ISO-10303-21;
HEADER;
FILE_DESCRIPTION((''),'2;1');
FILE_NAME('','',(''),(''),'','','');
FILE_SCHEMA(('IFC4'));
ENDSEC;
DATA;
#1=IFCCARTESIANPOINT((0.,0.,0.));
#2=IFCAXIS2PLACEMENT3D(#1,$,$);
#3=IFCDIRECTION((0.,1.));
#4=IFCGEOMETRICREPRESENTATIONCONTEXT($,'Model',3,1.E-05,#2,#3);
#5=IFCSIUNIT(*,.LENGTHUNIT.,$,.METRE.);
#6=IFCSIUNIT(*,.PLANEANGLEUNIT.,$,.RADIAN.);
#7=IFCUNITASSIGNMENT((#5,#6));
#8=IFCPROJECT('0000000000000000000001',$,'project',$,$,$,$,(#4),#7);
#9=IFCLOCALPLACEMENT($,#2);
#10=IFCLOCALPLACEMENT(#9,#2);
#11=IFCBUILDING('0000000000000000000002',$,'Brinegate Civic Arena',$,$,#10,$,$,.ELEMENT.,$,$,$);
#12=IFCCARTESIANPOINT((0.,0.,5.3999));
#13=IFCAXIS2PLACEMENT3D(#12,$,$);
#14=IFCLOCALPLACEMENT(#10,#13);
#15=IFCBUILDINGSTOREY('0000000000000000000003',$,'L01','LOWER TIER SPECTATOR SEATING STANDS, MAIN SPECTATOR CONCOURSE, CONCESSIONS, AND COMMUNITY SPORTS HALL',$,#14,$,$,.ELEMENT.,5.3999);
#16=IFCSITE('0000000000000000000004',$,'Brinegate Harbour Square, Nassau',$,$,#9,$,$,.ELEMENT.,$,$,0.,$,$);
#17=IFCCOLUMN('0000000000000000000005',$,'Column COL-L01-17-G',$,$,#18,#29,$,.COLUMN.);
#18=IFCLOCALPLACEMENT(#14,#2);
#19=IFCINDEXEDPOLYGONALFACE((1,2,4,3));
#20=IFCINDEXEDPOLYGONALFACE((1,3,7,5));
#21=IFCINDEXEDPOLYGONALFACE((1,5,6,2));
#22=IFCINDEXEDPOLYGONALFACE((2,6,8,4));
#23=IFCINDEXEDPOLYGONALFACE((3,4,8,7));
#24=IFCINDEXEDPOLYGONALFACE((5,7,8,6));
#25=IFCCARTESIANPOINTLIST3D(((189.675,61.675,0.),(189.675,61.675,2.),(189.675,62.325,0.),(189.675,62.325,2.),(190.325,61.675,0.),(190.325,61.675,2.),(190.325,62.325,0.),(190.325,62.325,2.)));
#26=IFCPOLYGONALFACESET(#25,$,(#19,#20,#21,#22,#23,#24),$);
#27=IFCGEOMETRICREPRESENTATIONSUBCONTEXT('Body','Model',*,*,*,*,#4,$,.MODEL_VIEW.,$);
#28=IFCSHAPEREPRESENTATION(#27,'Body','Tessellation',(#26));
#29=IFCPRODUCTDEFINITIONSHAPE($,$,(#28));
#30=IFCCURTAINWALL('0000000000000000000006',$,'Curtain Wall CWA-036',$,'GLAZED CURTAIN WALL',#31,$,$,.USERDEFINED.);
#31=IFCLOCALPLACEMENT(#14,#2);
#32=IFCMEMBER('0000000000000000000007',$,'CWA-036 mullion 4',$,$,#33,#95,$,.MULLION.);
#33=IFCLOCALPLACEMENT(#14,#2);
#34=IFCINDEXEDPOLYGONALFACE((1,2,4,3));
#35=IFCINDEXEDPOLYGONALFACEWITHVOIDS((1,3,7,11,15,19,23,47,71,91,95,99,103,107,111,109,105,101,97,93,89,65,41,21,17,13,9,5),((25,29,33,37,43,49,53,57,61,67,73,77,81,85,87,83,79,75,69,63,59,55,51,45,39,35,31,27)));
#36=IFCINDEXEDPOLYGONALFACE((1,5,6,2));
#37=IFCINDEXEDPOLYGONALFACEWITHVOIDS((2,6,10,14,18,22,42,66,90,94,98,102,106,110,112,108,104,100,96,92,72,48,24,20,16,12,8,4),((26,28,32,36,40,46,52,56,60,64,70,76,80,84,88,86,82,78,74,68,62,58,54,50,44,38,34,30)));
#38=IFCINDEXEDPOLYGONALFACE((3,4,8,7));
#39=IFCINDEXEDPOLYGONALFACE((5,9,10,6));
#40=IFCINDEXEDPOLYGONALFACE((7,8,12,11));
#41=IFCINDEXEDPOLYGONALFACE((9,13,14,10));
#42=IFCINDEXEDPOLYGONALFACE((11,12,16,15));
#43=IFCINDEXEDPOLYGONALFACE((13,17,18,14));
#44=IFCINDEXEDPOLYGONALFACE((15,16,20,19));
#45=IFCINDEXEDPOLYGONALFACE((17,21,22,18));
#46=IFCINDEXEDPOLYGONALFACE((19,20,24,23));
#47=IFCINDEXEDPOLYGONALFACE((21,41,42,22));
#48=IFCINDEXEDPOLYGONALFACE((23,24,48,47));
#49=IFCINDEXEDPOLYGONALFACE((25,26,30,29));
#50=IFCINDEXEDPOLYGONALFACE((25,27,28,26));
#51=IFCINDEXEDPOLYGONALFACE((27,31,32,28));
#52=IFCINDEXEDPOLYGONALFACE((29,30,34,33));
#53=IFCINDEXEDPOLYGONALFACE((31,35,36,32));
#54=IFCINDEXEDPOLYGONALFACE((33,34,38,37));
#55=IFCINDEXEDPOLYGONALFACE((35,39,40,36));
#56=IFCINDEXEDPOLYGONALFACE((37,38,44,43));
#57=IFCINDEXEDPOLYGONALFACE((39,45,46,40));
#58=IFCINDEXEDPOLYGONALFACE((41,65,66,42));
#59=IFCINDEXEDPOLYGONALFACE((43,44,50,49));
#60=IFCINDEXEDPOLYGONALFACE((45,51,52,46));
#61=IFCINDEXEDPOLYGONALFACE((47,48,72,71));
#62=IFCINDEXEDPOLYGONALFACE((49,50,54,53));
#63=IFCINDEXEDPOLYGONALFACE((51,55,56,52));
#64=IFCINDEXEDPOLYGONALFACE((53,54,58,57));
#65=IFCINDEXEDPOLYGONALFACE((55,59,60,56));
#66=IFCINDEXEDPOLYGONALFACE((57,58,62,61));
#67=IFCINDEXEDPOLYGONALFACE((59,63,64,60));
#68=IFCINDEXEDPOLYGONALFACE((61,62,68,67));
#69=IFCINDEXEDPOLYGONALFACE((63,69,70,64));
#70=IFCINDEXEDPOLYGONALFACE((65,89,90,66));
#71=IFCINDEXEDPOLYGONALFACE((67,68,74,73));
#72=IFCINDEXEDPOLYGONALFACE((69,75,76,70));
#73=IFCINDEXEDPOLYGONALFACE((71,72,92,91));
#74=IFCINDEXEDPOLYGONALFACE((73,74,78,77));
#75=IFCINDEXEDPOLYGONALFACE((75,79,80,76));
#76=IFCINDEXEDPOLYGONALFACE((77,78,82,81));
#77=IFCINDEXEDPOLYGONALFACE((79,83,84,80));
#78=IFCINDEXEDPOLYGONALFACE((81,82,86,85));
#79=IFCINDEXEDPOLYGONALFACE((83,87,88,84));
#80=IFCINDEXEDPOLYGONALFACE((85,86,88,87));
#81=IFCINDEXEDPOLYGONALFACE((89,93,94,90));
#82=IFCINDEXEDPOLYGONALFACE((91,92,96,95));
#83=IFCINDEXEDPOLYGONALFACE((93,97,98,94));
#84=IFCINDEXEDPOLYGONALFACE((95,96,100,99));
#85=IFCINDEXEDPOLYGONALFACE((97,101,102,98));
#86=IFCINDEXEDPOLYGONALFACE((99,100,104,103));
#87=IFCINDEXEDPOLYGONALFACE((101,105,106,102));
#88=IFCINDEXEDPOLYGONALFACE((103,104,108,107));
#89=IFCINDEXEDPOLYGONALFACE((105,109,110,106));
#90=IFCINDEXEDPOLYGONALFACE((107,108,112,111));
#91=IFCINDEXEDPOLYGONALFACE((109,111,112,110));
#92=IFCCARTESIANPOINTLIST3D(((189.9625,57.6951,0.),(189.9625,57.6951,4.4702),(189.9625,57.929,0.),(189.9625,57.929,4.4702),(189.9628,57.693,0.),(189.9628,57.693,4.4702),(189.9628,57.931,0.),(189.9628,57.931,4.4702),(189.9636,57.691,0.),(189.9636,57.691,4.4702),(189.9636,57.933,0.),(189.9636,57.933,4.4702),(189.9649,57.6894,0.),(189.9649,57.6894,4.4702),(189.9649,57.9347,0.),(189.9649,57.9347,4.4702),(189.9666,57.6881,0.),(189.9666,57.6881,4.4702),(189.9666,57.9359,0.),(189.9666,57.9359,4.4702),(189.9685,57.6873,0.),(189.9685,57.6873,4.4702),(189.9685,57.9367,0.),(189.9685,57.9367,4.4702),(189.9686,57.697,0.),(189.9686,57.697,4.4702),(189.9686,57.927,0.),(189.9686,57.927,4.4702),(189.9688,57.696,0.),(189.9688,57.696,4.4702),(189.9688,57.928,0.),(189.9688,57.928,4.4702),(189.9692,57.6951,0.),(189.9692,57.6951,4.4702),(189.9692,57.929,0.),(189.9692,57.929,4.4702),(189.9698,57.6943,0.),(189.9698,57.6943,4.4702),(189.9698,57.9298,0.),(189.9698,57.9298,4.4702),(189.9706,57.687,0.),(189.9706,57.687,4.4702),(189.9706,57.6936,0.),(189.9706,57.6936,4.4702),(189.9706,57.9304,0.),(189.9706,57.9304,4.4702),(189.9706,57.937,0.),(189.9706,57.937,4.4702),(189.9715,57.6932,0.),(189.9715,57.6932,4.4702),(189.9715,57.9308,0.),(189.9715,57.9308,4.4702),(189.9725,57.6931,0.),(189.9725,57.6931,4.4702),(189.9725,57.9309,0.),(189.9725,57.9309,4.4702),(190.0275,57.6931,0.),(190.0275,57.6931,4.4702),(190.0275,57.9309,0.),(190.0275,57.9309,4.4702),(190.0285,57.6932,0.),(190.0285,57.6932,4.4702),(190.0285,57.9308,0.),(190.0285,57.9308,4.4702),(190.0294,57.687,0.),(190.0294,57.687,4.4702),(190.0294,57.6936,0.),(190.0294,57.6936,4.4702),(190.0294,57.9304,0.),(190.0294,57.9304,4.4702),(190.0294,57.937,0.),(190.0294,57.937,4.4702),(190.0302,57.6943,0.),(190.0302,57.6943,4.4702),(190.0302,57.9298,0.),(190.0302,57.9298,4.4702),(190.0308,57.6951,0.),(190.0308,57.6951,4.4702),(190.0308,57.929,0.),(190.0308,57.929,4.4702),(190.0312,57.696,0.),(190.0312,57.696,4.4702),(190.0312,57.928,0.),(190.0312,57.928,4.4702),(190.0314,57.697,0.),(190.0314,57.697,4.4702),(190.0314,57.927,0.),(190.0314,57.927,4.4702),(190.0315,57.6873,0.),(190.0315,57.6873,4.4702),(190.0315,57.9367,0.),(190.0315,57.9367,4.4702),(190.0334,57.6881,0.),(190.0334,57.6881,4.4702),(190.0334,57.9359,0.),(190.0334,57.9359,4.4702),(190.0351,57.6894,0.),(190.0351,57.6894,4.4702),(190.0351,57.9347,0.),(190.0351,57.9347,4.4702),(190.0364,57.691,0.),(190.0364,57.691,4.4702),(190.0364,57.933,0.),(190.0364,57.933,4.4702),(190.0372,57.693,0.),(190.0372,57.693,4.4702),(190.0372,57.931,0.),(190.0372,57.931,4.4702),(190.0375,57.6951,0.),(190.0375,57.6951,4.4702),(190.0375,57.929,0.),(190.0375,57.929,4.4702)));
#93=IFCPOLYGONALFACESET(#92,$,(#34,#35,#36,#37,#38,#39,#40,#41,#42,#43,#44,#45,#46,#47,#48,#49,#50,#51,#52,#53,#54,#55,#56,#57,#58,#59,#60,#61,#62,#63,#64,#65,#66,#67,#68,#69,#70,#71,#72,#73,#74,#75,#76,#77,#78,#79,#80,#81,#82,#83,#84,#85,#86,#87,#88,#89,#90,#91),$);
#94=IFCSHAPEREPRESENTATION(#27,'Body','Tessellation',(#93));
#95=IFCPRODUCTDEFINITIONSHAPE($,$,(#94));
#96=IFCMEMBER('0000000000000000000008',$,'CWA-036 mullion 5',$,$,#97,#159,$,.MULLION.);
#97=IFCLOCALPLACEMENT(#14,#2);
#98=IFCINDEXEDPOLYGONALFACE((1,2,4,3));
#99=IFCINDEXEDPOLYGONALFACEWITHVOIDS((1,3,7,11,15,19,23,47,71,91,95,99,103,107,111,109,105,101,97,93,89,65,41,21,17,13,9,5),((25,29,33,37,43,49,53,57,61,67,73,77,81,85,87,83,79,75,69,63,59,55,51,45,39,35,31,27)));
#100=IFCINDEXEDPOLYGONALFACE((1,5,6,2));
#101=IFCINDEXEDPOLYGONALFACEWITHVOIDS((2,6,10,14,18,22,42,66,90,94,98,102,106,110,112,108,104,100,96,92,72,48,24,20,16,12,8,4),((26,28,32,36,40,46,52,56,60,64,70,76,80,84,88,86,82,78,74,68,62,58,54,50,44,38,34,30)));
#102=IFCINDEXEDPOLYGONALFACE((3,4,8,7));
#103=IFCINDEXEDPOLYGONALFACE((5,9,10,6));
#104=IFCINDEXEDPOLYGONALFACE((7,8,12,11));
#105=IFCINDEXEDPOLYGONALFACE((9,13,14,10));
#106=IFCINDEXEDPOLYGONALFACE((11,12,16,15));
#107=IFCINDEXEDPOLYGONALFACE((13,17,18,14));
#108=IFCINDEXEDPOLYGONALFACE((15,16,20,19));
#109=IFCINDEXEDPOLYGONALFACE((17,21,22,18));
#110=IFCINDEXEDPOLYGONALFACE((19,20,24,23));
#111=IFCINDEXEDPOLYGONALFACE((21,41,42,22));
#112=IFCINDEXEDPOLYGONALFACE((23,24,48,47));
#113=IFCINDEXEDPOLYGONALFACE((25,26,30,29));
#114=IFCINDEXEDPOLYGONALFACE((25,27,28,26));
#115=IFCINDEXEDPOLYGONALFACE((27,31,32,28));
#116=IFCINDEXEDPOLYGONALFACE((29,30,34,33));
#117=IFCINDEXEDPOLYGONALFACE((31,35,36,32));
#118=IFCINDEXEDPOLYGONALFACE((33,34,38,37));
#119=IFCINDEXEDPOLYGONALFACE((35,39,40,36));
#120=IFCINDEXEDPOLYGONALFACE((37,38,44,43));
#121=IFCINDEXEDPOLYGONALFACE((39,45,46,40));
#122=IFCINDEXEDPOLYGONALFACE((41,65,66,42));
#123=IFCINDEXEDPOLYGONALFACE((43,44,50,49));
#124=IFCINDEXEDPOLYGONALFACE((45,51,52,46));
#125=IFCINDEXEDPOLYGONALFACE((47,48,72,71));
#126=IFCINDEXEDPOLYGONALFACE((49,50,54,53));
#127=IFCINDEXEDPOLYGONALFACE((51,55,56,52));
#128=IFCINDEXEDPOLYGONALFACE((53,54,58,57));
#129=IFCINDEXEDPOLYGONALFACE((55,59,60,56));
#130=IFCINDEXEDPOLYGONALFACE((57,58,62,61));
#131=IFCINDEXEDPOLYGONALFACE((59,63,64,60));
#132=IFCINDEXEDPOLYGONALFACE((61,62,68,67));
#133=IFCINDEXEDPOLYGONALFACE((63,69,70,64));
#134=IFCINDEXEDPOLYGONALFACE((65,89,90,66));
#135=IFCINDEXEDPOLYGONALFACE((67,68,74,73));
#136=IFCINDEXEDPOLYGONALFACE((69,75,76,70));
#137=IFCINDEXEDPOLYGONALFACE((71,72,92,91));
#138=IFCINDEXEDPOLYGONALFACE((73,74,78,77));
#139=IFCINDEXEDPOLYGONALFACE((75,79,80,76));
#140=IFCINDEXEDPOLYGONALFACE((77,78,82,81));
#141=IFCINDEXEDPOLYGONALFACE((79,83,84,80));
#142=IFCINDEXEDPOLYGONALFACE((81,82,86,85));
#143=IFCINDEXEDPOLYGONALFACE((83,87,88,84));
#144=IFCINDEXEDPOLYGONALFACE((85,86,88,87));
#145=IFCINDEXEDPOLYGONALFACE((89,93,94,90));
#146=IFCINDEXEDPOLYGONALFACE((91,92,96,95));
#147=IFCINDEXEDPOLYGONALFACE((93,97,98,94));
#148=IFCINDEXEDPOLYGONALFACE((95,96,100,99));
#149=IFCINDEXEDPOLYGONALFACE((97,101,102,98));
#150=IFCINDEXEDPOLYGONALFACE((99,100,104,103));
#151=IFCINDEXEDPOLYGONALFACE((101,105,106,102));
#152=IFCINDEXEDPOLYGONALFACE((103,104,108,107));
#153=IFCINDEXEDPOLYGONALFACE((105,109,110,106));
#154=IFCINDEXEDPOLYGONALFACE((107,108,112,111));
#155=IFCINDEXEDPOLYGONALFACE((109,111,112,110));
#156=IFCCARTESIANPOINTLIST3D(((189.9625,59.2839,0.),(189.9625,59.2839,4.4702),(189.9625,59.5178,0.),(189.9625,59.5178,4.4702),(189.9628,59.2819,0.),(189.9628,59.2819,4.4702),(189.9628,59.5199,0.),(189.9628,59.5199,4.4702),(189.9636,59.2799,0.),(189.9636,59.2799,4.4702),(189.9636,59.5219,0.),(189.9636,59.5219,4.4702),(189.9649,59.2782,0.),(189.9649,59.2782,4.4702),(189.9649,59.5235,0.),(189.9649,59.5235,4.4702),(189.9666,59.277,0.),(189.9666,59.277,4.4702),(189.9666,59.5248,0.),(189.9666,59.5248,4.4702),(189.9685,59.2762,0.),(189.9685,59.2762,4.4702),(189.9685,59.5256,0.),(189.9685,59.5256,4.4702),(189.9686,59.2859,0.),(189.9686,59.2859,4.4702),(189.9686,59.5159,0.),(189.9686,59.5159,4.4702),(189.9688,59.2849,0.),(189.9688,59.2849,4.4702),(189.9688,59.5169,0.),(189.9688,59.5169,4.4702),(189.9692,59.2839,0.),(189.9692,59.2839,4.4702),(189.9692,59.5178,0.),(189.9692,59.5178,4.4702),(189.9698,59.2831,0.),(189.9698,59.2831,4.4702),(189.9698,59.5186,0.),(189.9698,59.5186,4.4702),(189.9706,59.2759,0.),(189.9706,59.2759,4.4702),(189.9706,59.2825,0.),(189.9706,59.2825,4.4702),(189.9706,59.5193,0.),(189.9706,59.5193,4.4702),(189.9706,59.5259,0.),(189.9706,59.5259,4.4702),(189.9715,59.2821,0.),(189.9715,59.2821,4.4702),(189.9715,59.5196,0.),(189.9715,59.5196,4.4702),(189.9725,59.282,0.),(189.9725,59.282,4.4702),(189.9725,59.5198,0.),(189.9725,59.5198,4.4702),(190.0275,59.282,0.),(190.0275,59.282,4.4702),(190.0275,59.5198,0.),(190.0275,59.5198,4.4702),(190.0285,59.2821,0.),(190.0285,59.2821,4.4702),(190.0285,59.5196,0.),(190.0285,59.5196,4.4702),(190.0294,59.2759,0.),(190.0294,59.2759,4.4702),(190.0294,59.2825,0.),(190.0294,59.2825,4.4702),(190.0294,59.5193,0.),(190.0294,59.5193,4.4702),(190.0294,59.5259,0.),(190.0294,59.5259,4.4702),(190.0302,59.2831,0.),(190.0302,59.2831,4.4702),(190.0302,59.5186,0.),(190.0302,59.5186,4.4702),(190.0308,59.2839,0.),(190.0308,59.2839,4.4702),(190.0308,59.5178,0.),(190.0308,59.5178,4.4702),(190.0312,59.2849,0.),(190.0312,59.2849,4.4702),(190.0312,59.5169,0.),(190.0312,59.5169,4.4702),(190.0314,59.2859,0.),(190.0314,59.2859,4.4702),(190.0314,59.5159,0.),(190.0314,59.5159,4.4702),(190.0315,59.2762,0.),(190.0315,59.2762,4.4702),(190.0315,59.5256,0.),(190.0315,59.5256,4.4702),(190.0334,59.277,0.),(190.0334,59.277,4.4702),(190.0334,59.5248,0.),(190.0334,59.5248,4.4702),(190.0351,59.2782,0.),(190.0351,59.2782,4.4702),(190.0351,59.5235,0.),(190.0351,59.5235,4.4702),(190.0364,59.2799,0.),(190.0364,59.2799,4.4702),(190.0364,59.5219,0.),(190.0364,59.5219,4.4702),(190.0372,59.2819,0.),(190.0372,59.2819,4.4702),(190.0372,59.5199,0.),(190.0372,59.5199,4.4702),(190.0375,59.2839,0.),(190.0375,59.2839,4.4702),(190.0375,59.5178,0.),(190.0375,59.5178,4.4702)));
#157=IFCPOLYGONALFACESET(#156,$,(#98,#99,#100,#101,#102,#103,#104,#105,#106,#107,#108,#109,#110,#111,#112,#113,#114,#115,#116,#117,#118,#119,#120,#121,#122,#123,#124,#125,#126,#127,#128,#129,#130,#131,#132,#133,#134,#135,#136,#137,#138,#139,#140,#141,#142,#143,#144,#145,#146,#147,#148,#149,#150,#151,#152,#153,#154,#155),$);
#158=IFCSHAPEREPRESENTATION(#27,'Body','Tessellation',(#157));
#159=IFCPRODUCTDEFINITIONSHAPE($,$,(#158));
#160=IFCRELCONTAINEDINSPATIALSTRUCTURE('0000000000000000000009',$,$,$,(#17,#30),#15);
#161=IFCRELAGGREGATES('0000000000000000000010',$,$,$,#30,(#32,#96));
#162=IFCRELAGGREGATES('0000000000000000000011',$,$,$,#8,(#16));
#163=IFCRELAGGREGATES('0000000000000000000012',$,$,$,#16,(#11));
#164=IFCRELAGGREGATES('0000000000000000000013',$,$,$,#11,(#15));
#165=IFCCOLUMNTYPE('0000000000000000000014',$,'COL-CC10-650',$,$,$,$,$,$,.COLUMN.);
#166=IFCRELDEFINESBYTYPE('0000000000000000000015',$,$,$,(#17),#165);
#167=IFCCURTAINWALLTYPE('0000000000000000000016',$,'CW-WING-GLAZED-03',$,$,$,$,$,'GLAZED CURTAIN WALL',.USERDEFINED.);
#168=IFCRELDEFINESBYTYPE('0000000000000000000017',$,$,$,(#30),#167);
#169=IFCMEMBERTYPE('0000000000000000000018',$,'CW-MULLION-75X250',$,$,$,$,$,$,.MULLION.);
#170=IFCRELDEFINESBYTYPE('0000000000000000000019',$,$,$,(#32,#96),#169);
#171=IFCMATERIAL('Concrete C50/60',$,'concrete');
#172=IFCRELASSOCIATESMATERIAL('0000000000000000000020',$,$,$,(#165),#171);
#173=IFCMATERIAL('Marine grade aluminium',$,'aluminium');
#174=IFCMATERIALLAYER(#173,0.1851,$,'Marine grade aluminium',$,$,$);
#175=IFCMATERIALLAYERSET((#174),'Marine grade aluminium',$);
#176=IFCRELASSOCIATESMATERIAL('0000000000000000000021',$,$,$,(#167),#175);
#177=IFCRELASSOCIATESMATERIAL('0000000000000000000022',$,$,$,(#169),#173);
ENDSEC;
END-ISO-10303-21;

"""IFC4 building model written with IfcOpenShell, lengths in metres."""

from ifc_helpers import new_model, si_unit, direction, frame, origin, origin_2d, place, context, subcontext, project, spatial, rectangle, hollow_rectangle, extrude, material, layer, layer_set, material_profile, profile_set, type_object, element, aggregate, save


model = new_model("IFC4")

# Units and contexts
model_context = context("Model", 3, precision=1e-05, world=origin(), true_north=direction((0.0, 1.0)))
body_context = subcontext(model_context, "Body", "Model", "MODEL_VIEW")
ifc_project = project(units=[si_unit("LENGTHUNIT", "METRE"), si_unit("PLANEANGLEUNIT", "RADIAN")], contexts=[model_context])

# Site, building, storey
site_placement = place(None, origin())
site = spatial("IfcSite", under=ifc_project, at=site_placement, Name="Brinegate Harbour Square, Nassau", CompositionType="ELEMENT", RefElevation=0.0)
building_placement = place(site_placement, origin())
building = spatial("IfcBuilding", under=site, at=building_placement, Name="Brinegate Civic Arena", CompositionType="ELEMENT")
storey_placement = place(building_placement, frame((0.0, 0.0, 5.3999)))
storey = spatial("IfcBuildingStorey", under=building, at=storey_placement, Name="L01", Description="LOWER TIER SPECTATOR SEATING STANDS, MAIN SPECTATOR CONCOURSE, CONCESSIONS, AND COMMUNITY SPORTS HALL", CompositionType="ELEMENT", Elevation=5.3999)

# Column
ifc_material_1 = material(Name="Concrete C50/60", Category="concrete")
ifc_material_profile_1 = material_profile(ifc_material_1, rectangle(XDim=0.6499, YDim=0.6499, at=origin_2d()), Name="RC650X650")
ifc_profile_set_1 = profile_set([ifc_material_profile_1], Name="Concrete C50/60")
column_type = type_object("IfcColumnType", Name="COL-CC10-650", PredefinedType="COLUMN", material=ifc_profile_set_1)
column_placement = place(storey_placement, frame((190.0, 62.0, 0.0), z_axis=(0.0, 0.0, 1.0), x_axis=(1.0, 0.0, 0.0)))
element("IfcColumn", 1, at=column_placement, inside=storey, type_object=column_type, Name="Column COL-L01-17-G", PredefinedType="COLUMN", context=body_context, shape_type="SweptSolid", body=[
    extrude(rectangle(XDim=0.6499, YDim=0.6499, at=origin_2d()), origin(), (0.0, 0.0, 1.0), 2.0),
])

# Curtain wall, members
ifc_material_2 = material(Name="Marine grade aluminium", Category="aluminium")
ifc_layer_1 = layer(ifc_material_2, 0.1851, Name="Marine grade aluminium")
ifc_layer_set_1 = layer_set([ifc_layer_1], Name="Marine grade aluminium")
curtain_wall_type = type_object("IfcCurtainWallType", Name="CW-WING-GLAZED-03", ElementType="GLAZED CURTAIN WALL", PredefinedType="USERDEFINED", material=ifc_layer_set_1)
curtain_wall_1_placement = place(storey_placement, origin())
curtain_wall_1 = element("IfcCurtainWall", 2, at=curtain_wall_1_placement, inside=storey, type_object=curtain_wall_type, Name="Curtain Wall CWA-036", ObjectType="GLAZED CURTAIN WALL", PredefinedType="USERDEFINED")
ifc_material_profile_2 = material_profile(ifc_material_2, hollow_rectangle(XDim=0.075, YDim=0.25, WallThickness=0.0061, InnerFilletRadius=0.0039, OuterFilletRadius=0.0081, at=origin_2d()), Name="MUL75X250")
ifc_profile_set_2 = profile_set([ifc_material_profile_2], Name="Marine grade aluminium")
member_type_1 = type_object("IfcMemberType", Name="CW-MULLION-75X250", PredefinedType="MULLION", material=ifc_profile_set_2)
member_1_placement = place(storey_placement, frame((190.0, 57.812, 0.0), z_axis=(0.0, 0.0, 1.0), x_axis=(-1.0, 0.0, 0.0)))
member_1 = element("IfcMember", 3, at=member_1_placement, type_object=member_type_1, Name="CWA-036 mullion 4", PredefinedType="MULLION", context=body_context, shape_type="SweptSolid", body=[
    extrude(hollow_rectangle(XDim=0.075, YDim=0.25, WallThickness=0.0061, InnerFilletRadius=0.0039, OuterFilletRadius=0.0081, at=origin_2d()), origin(), (0.0, 0.0, 1.0), 4.4702),
])
member_2_placement = place(storey_placement, frame((190.0, 59.4009, 0.0), z_axis=(0.0, 0.0, 1.0), x_axis=(-1.0, 0.0, 0.0)))
member_2 = element("IfcMember", 4, at=member_2_placement, type_object=member_type_1, Name="CWA-036 mullion 5", PredefinedType="MULLION", context=body_context, shape_type="SweptSolid", body=[
    extrude(hollow_rectangle(XDim=0.075, YDim=0.25, WallThickness=0.0061, InnerFilletRadius=0.0039, OuterFilletRadius=0.0081, at=origin_2d()), origin(), (0.0, 0.0, 1.0), 4.4702),
])

aggregate(curtain_wall_1, [member_1, member_2])

save(model, "model.ifc")
